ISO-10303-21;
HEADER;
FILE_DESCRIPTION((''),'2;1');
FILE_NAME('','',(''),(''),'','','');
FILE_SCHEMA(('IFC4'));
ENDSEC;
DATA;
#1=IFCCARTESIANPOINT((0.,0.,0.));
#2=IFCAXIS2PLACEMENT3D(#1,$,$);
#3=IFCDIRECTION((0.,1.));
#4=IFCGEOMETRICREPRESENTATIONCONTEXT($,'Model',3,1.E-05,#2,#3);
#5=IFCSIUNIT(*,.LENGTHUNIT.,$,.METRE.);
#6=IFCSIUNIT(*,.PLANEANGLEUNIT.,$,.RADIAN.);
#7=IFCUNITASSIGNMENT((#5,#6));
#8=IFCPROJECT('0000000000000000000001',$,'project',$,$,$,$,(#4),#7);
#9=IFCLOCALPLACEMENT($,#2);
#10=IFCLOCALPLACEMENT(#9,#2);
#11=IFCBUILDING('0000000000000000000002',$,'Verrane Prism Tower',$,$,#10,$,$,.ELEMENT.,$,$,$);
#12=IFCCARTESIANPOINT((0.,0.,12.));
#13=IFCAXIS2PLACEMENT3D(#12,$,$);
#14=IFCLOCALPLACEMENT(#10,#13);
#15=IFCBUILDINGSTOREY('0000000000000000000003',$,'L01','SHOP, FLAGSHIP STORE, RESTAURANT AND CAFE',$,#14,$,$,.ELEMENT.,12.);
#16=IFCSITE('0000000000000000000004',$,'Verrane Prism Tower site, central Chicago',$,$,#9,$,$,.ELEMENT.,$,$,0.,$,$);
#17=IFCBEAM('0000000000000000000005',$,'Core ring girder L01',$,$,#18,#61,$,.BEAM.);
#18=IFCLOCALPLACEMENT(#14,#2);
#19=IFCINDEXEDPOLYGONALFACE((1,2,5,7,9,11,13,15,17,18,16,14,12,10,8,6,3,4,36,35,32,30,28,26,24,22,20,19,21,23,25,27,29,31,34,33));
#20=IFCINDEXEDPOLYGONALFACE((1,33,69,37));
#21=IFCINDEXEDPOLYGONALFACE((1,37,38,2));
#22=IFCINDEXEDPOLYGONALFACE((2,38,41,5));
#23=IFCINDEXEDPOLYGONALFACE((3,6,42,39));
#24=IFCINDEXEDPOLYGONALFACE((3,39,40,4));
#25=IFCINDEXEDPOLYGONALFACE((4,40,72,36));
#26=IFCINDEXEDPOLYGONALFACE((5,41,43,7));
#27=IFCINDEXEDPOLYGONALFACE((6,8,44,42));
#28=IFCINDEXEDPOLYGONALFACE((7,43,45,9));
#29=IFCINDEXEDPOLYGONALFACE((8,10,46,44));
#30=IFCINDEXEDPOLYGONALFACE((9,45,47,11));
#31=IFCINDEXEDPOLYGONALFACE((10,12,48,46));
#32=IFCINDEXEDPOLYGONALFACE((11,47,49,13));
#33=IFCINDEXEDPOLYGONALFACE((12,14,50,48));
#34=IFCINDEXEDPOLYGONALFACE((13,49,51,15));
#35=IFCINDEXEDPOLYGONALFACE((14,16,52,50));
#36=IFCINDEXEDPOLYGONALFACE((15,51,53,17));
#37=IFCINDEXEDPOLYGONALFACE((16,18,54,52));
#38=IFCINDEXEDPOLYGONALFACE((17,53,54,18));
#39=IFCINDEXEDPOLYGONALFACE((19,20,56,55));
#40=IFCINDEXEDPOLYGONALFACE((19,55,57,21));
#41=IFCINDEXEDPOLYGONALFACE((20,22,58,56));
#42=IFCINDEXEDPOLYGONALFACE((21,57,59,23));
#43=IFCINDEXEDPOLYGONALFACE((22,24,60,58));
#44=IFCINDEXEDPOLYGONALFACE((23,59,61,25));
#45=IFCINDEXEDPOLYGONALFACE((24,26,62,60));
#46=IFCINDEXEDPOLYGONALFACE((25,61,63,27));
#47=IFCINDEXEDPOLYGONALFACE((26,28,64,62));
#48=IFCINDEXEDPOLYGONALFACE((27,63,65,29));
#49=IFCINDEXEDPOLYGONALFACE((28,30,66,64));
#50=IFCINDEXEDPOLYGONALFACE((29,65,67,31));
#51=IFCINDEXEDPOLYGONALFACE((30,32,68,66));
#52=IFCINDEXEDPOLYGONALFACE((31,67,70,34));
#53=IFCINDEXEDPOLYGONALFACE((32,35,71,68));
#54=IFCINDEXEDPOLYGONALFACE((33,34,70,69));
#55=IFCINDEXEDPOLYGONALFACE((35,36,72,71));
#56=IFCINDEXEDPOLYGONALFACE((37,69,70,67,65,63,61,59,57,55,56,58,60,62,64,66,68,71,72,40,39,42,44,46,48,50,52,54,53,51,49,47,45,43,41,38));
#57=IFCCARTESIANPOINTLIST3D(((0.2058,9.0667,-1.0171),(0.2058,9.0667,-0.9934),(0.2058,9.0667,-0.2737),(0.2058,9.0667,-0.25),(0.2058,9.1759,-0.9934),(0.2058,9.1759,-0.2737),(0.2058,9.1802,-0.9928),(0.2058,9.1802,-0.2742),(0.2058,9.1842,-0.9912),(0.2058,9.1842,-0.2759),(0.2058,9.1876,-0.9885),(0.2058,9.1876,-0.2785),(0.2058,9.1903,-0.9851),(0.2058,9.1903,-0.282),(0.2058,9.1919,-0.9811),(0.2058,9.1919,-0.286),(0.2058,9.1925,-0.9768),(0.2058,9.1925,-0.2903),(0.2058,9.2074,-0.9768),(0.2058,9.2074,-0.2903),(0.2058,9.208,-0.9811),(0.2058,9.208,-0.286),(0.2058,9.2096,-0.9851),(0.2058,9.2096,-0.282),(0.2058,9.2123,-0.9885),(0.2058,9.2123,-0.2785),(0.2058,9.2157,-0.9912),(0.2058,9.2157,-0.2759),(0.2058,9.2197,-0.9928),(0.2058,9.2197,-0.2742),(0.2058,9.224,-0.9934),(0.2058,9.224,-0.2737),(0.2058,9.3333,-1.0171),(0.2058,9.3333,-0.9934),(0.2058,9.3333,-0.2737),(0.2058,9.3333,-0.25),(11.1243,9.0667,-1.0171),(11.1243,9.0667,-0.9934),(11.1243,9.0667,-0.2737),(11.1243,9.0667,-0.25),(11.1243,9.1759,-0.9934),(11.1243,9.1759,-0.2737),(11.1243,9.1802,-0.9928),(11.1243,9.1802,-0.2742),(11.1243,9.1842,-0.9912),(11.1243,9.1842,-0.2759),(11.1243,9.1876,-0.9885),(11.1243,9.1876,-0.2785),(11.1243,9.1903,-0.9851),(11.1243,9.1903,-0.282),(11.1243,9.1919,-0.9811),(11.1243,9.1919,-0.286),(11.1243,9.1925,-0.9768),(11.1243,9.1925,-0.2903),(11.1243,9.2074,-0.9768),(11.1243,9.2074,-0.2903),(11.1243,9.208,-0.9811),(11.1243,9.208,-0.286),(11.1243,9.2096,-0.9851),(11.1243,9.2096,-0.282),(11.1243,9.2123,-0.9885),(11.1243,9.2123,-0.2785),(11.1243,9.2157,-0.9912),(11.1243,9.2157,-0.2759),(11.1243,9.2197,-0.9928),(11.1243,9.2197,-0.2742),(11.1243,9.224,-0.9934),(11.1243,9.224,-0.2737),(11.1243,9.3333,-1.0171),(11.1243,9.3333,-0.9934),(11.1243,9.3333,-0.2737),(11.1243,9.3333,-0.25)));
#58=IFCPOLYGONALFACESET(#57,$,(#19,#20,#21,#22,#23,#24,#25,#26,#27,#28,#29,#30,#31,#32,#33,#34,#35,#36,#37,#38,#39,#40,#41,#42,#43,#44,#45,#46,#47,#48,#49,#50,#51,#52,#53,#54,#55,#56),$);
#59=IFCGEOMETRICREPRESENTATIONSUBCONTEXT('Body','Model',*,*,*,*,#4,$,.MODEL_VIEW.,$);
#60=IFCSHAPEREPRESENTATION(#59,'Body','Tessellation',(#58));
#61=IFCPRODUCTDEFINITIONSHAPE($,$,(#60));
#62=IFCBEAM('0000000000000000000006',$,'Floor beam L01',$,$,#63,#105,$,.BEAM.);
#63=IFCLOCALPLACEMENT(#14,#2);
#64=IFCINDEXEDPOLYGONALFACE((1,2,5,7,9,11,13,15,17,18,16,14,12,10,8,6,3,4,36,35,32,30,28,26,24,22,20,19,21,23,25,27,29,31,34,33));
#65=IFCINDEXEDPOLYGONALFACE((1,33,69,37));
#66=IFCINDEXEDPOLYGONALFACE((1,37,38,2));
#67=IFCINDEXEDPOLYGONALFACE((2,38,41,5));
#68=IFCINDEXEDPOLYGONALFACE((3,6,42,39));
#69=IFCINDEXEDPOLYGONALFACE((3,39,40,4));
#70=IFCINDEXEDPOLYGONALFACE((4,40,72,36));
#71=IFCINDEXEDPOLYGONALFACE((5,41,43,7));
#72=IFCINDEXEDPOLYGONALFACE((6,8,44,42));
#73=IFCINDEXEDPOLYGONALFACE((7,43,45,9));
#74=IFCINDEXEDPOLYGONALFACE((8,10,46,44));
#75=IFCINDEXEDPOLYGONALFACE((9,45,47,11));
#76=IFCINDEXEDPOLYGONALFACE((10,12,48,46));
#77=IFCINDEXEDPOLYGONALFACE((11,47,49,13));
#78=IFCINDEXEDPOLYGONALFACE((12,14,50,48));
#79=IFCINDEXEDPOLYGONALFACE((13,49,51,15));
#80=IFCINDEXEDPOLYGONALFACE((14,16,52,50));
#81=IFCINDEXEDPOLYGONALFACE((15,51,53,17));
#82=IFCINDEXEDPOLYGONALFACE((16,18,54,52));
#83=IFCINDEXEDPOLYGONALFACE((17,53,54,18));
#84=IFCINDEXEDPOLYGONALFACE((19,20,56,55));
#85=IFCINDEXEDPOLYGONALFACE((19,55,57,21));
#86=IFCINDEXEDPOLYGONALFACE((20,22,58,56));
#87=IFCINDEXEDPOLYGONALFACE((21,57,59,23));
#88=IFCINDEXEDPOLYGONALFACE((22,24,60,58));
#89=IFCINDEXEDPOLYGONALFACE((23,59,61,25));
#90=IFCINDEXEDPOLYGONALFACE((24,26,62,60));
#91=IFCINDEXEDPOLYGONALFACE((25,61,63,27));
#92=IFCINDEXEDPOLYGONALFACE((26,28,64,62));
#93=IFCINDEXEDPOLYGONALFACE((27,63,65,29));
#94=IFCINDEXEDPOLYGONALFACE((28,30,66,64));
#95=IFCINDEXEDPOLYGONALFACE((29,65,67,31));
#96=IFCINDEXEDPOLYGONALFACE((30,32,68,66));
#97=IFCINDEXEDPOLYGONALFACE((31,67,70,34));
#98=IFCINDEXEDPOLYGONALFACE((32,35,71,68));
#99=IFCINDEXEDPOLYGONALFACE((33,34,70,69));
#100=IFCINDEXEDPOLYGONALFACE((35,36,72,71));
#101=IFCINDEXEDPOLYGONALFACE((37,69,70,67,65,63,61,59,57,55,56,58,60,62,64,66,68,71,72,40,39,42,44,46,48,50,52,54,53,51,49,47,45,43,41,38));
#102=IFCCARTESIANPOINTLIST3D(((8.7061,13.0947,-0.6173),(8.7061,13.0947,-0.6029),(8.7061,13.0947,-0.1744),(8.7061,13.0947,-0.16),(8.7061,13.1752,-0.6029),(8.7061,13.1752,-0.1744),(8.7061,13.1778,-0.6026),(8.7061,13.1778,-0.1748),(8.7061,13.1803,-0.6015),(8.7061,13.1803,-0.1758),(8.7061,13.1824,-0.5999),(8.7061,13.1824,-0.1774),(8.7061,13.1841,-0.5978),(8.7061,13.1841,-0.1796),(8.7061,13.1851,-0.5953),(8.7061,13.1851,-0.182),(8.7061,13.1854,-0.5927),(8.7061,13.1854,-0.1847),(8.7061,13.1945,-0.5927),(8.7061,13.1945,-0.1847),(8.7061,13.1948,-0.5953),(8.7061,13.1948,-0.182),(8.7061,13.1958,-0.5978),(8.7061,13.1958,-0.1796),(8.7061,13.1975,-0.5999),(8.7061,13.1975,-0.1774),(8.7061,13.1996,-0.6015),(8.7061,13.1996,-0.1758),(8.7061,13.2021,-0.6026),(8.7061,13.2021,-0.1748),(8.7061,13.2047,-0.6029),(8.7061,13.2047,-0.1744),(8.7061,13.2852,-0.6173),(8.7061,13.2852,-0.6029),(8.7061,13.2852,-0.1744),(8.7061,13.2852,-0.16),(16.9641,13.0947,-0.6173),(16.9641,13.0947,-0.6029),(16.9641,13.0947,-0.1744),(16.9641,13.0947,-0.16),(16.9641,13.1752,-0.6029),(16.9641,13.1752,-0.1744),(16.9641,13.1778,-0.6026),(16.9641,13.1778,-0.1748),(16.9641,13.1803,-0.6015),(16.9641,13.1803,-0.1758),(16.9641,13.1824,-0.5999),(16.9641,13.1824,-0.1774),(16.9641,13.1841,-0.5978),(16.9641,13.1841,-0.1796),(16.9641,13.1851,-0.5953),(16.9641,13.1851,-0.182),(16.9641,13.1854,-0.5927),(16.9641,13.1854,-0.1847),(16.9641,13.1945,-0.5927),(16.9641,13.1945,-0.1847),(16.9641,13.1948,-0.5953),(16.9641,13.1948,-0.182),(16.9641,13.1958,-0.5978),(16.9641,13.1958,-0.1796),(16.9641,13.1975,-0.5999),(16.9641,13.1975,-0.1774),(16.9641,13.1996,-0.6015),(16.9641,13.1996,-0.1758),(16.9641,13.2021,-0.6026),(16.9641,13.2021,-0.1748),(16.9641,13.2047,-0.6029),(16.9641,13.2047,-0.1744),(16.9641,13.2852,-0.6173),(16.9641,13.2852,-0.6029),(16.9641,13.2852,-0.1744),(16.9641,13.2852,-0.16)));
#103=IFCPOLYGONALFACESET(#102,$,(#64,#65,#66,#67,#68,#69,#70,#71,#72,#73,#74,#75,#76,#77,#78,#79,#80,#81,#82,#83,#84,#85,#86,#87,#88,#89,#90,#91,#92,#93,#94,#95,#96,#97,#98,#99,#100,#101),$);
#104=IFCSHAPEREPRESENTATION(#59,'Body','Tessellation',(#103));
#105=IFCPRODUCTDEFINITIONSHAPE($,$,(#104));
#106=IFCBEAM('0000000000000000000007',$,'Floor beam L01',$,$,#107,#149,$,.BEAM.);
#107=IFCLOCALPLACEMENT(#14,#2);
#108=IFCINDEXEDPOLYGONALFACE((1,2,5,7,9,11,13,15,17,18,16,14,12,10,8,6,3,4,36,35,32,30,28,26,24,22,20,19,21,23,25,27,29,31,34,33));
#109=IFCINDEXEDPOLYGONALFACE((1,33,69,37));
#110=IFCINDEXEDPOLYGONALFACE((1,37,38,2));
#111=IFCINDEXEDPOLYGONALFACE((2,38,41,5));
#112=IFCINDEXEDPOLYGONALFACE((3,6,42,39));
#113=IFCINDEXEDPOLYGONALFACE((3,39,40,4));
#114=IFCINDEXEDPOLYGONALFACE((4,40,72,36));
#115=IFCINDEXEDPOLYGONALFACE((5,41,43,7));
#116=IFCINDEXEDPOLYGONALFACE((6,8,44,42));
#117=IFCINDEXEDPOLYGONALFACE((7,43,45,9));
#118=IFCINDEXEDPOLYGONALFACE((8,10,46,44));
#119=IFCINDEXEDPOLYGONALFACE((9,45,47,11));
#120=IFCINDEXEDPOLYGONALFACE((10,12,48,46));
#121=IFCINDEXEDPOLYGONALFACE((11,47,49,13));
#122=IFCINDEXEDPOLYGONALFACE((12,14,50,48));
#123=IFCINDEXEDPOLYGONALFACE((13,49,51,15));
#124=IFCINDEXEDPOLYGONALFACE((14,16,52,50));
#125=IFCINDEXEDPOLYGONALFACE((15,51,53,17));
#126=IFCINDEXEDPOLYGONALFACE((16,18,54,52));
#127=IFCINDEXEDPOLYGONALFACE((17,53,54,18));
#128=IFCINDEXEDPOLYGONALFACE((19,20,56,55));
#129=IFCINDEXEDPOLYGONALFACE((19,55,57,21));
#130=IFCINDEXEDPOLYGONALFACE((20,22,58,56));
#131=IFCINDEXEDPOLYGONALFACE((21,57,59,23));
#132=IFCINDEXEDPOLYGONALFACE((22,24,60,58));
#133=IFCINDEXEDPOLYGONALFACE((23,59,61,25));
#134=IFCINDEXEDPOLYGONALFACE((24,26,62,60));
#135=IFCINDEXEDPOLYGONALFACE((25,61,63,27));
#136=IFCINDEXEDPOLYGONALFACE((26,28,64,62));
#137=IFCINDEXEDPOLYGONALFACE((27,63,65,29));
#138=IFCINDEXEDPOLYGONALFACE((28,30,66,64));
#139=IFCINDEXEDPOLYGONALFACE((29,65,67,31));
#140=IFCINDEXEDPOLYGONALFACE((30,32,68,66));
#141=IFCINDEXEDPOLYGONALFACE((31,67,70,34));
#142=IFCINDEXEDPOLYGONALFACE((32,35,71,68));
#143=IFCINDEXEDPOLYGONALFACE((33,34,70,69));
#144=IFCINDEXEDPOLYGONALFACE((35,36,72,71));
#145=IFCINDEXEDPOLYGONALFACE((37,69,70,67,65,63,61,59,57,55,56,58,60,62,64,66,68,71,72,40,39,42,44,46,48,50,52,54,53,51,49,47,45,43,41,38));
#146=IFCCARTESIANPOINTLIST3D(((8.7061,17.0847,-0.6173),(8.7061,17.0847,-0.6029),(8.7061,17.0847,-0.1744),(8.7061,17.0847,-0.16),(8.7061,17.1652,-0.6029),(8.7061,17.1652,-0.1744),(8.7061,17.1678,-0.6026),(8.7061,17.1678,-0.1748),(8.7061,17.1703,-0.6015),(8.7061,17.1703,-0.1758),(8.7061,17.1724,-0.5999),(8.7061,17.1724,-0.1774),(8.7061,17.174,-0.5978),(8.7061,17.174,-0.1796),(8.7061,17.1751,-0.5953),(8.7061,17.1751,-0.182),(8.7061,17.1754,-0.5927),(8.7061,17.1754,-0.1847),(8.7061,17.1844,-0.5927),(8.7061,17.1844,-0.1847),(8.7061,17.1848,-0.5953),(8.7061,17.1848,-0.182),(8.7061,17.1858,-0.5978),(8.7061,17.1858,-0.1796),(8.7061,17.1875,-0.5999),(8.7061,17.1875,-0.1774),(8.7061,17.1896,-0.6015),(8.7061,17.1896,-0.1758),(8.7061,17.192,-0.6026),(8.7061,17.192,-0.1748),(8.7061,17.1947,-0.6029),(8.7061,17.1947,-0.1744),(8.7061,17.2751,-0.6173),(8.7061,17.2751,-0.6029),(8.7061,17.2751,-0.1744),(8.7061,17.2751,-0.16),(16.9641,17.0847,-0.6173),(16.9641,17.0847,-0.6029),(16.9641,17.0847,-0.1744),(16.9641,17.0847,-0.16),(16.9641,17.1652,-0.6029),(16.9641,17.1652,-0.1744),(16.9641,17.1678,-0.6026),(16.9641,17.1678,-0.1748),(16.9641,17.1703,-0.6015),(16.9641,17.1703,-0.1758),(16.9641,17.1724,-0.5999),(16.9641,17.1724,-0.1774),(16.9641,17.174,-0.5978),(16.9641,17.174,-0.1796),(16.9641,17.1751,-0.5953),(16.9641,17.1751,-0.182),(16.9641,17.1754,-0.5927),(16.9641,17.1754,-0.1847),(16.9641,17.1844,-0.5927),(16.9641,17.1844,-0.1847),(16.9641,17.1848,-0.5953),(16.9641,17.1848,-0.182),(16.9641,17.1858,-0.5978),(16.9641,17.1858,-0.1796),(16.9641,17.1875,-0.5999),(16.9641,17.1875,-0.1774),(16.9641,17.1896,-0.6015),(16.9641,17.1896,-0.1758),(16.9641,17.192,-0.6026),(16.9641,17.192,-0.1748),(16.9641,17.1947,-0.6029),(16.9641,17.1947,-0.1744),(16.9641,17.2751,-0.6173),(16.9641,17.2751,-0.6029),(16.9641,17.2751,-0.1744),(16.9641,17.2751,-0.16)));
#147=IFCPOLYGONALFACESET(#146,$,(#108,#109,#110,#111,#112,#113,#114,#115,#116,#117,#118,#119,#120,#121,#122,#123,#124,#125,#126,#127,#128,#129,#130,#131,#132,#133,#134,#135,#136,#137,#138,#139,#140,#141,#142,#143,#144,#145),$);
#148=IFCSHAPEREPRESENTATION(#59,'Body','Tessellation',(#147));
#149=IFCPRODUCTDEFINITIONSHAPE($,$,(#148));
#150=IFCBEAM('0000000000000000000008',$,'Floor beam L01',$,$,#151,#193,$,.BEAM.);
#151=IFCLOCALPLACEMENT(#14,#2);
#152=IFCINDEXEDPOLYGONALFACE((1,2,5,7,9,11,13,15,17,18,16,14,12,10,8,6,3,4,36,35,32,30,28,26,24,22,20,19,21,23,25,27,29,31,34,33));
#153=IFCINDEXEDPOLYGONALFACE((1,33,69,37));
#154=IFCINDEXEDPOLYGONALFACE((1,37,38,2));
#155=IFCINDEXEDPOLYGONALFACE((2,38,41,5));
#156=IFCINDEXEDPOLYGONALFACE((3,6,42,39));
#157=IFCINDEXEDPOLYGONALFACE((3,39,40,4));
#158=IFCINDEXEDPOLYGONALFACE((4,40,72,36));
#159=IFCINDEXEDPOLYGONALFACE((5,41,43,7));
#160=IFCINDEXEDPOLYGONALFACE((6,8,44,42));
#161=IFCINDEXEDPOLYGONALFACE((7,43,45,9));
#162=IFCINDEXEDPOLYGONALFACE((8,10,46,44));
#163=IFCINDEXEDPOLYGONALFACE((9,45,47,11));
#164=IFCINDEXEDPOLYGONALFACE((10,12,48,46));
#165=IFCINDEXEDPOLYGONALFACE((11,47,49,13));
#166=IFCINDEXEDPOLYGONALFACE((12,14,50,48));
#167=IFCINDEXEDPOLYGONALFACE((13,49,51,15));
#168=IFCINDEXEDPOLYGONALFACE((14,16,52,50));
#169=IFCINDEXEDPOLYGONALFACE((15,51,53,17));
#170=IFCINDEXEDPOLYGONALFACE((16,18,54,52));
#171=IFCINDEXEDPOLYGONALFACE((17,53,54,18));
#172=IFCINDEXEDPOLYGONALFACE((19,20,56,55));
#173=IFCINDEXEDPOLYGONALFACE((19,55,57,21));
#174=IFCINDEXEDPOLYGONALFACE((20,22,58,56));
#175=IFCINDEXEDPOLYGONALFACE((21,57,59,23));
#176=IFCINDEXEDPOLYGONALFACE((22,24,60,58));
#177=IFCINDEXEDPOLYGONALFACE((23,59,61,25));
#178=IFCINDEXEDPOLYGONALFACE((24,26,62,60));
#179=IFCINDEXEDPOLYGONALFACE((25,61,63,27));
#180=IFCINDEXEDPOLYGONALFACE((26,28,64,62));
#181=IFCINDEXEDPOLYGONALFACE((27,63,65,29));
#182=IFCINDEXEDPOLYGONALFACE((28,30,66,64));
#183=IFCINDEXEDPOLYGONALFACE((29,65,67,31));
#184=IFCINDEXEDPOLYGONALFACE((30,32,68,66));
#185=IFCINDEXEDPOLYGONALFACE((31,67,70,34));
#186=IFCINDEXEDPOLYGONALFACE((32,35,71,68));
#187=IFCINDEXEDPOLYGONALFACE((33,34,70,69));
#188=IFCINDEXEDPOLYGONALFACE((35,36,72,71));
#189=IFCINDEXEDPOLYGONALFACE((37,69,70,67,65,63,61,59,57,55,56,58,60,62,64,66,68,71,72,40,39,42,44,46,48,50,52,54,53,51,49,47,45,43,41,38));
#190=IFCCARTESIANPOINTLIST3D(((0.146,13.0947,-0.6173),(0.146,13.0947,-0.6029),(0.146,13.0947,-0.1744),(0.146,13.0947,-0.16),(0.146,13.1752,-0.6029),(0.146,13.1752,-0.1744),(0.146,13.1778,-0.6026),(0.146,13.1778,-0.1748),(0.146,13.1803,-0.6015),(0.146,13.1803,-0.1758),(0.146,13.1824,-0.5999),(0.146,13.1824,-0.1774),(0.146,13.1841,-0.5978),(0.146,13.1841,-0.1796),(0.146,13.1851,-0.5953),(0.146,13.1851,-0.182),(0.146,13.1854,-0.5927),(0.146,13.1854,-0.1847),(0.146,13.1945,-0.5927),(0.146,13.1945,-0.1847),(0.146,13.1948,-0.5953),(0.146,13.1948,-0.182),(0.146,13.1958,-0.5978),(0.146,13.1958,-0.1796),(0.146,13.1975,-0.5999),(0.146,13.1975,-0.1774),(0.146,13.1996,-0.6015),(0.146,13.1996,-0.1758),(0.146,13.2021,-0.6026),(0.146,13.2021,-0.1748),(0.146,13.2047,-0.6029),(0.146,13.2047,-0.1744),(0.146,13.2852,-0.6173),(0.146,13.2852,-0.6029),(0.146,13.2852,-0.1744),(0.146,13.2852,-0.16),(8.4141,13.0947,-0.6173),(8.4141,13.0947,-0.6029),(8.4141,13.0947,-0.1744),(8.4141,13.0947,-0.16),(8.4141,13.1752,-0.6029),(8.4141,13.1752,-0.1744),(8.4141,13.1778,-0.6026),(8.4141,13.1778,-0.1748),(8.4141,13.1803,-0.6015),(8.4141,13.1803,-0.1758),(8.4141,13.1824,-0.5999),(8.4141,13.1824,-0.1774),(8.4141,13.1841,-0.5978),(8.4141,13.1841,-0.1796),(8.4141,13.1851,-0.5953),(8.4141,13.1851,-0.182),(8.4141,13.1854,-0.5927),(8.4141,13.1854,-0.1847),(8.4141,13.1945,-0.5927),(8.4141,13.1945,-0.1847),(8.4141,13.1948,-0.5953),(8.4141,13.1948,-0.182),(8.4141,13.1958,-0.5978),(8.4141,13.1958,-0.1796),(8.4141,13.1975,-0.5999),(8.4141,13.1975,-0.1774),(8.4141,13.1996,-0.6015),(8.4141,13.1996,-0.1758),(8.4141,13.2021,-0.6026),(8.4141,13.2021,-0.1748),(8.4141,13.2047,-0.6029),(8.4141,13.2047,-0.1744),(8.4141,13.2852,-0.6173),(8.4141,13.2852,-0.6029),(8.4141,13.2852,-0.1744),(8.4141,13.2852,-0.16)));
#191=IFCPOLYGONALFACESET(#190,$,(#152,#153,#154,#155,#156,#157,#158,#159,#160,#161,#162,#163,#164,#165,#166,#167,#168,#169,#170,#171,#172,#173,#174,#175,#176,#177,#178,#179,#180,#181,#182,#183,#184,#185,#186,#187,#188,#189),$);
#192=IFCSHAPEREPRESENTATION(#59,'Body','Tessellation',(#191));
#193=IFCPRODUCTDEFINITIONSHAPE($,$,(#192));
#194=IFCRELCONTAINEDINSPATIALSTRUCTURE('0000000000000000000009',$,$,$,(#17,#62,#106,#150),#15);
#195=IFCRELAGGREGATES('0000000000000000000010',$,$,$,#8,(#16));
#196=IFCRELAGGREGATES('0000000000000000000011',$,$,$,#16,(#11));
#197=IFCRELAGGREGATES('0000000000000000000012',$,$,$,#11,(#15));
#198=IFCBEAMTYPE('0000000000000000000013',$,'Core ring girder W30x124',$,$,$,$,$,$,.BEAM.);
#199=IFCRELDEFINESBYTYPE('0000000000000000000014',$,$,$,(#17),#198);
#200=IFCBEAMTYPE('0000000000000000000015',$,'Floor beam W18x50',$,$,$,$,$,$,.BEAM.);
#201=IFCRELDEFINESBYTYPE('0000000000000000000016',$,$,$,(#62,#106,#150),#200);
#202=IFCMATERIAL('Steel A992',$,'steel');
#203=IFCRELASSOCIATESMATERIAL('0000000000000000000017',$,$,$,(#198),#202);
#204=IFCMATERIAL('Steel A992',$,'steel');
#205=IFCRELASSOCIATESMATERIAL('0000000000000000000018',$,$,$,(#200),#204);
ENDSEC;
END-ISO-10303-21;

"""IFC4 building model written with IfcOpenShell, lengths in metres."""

from ifc_helpers import new_model, si_unit, direction, frame, origin, origin_2d, place, context, subcontext, project, spatial, i_section, extrude, material, material_profile, profile_set, type_object, element, save


model = new_model("IFC4")

# Units and contexts
model_context = context("Model", 3, precision=1e-05, world=origin(), true_north=direction((0.0, 1.0)))
body_context = subcontext(model_context, "Body", "Model", "MODEL_VIEW")
ifc_project = project(units=[si_unit("LENGTHUNIT", "METRE"), si_unit("PLANEANGLEUNIT", "RADIAN")], contexts=[model_context])

# Site, building, storey
site_placement = place(None, origin())
site = spatial("IfcSite", under=ifc_project, at=site_placement, Name="Verrane Prism Tower site, central Chicago", CompositionType="ELEMENT", RefElevation=0.0)
building_placement = place(site_placement, origin())
building = spatial("IfcBuilding", under=site, at=building_placement, Name="Verrane Prism Tower", CompositionType="ELEMENT")
storey_placement = place(building_placement, frame((0.0, 0.0, 12.0)))
storey = spatial("IfcBuildingStorey", under=building, at=storey_placement, Name="L01", Description="SHOP, FLAGSHIP STORE, RESTAURANT AND CAFE", CompositionType="ELEMENT", Elevation=12.0)

# Beams
ifc_material_1 = material(Name="Steel A992", Category="steel")
ifc_material_profile_1 = material_profile(ifc_material_1, i_section(OverallWidth=0.2666, OverallDepth=0.7671, WebThickness=0.0149, FlangeThickness=0.0237, FilletRadius=0.0166, at=origin_2d()), Name="W30x124")
ifc_profile_set_1 = profile_set([ifc_material_profile_1], Name="Steel A992")
beam_type_1 = type_object("IfcBeamType", Name="Core ring girder W30x124", PredefinedType="BEAM", material=ifc_profile_set_1)
beam_1_placement = place(storey_placement, frame((11.1243, 9.2, -0.6335), z_axis=(-1.0, 0.0, 0.0), x_axis=(0.0, -1.0, 0.0)))
element("IfcBeam", 1, at=beam_1_placement, inside=storey, type_object=beam_type_1, Name="Core ring girder L01", PredefinedType="BEAM", context=body_context, shape_type="SweptSolid", body=[
    extrude(i_section(OverallWidth=0.2666, OverallDepth=0.7671, WebThickness=0.0149, FlangeThickness=0.0237, FilletRadius=0.0166, at=origin_2d()), origin(), (0.0, 0.0, 1.0), 10.9185),
])
ifc_material_2 = material(Name="Steel A992", Category="steel")
ifc_material_profile_2 = material_profile(ifc_material_2, i_section(OverallWidth=0.1904, OverallDepth=0.4573, WebThickness=0.009, FlangeThickness=0.0144, FilletRadius=0.0103, at=origin_2d()), Name="W18x50")
ifc_profile_set_2 = profile_set([ifc_material_profile_2], Name="Steel A992")
beam_type_2 = type_object("IfcBeamType", Name="Floor beam W18x50", PredefinedType="BEAM", material=ifc_profile_set_2)
for number, where, z_axis, x_axis, name in (
    (2, (8.7061, 13.1899, -0.3887), (1.0, 0.0, 0.0), (0.0, 1.0, 0.0), "Floor beam L01"),
    (3, (8.7061, 17.1799, -0.3887), (1.0, 0.0, 0.0), (0.0, 1.0, 0.0), "Floor beam L01"),
):
    element("IfcBeam", number, at=place(storey_placement, frame(where, z_axis=z_axis, x_axis=x_axis)), inside=storey, type_object=beam_type_2, Name=name, PredefinedType="BEAM", context=body_context, shape_type="SweptSolid", body=[
        extrude(i_section(OverallWidth=0.1904, OverallDepth=0.4573, WebThickness=0.009, FlangeThickness=0.0144, FilletRadius=0.0103, at=origin_2d()), origin(), (0.0, 0.0, 1.0), 8.2581),
    ])
for number, where, z_axis, x_axis, name in (
    (4, (0.146, 13.1899, -0.3887), (1.0, 0.0, 0.0), (0.0, 1.0, 0.0), "Floor beam L01"),
):
    element("IfcBeam", number, at=place(storey_placement, frame(where, z_axis=z_axis, x_axis=x_axis)), inside=storey, type_object=beam_type_2, Name=name, PredefinedType="BEAM", context=body_context, shape_type="SweptSolid", body=[
        extrude(i_section(OverallWidth=0.1904, OverallDepth=0.4573, WebThickness=0.009, FlangeThickness=0.0144, FilletRadius=0.0103, at=origin_2d()), origin(), (0.0, 0.0, 1.0), 8.2681),
    ])

save(model, "model.ifc")
